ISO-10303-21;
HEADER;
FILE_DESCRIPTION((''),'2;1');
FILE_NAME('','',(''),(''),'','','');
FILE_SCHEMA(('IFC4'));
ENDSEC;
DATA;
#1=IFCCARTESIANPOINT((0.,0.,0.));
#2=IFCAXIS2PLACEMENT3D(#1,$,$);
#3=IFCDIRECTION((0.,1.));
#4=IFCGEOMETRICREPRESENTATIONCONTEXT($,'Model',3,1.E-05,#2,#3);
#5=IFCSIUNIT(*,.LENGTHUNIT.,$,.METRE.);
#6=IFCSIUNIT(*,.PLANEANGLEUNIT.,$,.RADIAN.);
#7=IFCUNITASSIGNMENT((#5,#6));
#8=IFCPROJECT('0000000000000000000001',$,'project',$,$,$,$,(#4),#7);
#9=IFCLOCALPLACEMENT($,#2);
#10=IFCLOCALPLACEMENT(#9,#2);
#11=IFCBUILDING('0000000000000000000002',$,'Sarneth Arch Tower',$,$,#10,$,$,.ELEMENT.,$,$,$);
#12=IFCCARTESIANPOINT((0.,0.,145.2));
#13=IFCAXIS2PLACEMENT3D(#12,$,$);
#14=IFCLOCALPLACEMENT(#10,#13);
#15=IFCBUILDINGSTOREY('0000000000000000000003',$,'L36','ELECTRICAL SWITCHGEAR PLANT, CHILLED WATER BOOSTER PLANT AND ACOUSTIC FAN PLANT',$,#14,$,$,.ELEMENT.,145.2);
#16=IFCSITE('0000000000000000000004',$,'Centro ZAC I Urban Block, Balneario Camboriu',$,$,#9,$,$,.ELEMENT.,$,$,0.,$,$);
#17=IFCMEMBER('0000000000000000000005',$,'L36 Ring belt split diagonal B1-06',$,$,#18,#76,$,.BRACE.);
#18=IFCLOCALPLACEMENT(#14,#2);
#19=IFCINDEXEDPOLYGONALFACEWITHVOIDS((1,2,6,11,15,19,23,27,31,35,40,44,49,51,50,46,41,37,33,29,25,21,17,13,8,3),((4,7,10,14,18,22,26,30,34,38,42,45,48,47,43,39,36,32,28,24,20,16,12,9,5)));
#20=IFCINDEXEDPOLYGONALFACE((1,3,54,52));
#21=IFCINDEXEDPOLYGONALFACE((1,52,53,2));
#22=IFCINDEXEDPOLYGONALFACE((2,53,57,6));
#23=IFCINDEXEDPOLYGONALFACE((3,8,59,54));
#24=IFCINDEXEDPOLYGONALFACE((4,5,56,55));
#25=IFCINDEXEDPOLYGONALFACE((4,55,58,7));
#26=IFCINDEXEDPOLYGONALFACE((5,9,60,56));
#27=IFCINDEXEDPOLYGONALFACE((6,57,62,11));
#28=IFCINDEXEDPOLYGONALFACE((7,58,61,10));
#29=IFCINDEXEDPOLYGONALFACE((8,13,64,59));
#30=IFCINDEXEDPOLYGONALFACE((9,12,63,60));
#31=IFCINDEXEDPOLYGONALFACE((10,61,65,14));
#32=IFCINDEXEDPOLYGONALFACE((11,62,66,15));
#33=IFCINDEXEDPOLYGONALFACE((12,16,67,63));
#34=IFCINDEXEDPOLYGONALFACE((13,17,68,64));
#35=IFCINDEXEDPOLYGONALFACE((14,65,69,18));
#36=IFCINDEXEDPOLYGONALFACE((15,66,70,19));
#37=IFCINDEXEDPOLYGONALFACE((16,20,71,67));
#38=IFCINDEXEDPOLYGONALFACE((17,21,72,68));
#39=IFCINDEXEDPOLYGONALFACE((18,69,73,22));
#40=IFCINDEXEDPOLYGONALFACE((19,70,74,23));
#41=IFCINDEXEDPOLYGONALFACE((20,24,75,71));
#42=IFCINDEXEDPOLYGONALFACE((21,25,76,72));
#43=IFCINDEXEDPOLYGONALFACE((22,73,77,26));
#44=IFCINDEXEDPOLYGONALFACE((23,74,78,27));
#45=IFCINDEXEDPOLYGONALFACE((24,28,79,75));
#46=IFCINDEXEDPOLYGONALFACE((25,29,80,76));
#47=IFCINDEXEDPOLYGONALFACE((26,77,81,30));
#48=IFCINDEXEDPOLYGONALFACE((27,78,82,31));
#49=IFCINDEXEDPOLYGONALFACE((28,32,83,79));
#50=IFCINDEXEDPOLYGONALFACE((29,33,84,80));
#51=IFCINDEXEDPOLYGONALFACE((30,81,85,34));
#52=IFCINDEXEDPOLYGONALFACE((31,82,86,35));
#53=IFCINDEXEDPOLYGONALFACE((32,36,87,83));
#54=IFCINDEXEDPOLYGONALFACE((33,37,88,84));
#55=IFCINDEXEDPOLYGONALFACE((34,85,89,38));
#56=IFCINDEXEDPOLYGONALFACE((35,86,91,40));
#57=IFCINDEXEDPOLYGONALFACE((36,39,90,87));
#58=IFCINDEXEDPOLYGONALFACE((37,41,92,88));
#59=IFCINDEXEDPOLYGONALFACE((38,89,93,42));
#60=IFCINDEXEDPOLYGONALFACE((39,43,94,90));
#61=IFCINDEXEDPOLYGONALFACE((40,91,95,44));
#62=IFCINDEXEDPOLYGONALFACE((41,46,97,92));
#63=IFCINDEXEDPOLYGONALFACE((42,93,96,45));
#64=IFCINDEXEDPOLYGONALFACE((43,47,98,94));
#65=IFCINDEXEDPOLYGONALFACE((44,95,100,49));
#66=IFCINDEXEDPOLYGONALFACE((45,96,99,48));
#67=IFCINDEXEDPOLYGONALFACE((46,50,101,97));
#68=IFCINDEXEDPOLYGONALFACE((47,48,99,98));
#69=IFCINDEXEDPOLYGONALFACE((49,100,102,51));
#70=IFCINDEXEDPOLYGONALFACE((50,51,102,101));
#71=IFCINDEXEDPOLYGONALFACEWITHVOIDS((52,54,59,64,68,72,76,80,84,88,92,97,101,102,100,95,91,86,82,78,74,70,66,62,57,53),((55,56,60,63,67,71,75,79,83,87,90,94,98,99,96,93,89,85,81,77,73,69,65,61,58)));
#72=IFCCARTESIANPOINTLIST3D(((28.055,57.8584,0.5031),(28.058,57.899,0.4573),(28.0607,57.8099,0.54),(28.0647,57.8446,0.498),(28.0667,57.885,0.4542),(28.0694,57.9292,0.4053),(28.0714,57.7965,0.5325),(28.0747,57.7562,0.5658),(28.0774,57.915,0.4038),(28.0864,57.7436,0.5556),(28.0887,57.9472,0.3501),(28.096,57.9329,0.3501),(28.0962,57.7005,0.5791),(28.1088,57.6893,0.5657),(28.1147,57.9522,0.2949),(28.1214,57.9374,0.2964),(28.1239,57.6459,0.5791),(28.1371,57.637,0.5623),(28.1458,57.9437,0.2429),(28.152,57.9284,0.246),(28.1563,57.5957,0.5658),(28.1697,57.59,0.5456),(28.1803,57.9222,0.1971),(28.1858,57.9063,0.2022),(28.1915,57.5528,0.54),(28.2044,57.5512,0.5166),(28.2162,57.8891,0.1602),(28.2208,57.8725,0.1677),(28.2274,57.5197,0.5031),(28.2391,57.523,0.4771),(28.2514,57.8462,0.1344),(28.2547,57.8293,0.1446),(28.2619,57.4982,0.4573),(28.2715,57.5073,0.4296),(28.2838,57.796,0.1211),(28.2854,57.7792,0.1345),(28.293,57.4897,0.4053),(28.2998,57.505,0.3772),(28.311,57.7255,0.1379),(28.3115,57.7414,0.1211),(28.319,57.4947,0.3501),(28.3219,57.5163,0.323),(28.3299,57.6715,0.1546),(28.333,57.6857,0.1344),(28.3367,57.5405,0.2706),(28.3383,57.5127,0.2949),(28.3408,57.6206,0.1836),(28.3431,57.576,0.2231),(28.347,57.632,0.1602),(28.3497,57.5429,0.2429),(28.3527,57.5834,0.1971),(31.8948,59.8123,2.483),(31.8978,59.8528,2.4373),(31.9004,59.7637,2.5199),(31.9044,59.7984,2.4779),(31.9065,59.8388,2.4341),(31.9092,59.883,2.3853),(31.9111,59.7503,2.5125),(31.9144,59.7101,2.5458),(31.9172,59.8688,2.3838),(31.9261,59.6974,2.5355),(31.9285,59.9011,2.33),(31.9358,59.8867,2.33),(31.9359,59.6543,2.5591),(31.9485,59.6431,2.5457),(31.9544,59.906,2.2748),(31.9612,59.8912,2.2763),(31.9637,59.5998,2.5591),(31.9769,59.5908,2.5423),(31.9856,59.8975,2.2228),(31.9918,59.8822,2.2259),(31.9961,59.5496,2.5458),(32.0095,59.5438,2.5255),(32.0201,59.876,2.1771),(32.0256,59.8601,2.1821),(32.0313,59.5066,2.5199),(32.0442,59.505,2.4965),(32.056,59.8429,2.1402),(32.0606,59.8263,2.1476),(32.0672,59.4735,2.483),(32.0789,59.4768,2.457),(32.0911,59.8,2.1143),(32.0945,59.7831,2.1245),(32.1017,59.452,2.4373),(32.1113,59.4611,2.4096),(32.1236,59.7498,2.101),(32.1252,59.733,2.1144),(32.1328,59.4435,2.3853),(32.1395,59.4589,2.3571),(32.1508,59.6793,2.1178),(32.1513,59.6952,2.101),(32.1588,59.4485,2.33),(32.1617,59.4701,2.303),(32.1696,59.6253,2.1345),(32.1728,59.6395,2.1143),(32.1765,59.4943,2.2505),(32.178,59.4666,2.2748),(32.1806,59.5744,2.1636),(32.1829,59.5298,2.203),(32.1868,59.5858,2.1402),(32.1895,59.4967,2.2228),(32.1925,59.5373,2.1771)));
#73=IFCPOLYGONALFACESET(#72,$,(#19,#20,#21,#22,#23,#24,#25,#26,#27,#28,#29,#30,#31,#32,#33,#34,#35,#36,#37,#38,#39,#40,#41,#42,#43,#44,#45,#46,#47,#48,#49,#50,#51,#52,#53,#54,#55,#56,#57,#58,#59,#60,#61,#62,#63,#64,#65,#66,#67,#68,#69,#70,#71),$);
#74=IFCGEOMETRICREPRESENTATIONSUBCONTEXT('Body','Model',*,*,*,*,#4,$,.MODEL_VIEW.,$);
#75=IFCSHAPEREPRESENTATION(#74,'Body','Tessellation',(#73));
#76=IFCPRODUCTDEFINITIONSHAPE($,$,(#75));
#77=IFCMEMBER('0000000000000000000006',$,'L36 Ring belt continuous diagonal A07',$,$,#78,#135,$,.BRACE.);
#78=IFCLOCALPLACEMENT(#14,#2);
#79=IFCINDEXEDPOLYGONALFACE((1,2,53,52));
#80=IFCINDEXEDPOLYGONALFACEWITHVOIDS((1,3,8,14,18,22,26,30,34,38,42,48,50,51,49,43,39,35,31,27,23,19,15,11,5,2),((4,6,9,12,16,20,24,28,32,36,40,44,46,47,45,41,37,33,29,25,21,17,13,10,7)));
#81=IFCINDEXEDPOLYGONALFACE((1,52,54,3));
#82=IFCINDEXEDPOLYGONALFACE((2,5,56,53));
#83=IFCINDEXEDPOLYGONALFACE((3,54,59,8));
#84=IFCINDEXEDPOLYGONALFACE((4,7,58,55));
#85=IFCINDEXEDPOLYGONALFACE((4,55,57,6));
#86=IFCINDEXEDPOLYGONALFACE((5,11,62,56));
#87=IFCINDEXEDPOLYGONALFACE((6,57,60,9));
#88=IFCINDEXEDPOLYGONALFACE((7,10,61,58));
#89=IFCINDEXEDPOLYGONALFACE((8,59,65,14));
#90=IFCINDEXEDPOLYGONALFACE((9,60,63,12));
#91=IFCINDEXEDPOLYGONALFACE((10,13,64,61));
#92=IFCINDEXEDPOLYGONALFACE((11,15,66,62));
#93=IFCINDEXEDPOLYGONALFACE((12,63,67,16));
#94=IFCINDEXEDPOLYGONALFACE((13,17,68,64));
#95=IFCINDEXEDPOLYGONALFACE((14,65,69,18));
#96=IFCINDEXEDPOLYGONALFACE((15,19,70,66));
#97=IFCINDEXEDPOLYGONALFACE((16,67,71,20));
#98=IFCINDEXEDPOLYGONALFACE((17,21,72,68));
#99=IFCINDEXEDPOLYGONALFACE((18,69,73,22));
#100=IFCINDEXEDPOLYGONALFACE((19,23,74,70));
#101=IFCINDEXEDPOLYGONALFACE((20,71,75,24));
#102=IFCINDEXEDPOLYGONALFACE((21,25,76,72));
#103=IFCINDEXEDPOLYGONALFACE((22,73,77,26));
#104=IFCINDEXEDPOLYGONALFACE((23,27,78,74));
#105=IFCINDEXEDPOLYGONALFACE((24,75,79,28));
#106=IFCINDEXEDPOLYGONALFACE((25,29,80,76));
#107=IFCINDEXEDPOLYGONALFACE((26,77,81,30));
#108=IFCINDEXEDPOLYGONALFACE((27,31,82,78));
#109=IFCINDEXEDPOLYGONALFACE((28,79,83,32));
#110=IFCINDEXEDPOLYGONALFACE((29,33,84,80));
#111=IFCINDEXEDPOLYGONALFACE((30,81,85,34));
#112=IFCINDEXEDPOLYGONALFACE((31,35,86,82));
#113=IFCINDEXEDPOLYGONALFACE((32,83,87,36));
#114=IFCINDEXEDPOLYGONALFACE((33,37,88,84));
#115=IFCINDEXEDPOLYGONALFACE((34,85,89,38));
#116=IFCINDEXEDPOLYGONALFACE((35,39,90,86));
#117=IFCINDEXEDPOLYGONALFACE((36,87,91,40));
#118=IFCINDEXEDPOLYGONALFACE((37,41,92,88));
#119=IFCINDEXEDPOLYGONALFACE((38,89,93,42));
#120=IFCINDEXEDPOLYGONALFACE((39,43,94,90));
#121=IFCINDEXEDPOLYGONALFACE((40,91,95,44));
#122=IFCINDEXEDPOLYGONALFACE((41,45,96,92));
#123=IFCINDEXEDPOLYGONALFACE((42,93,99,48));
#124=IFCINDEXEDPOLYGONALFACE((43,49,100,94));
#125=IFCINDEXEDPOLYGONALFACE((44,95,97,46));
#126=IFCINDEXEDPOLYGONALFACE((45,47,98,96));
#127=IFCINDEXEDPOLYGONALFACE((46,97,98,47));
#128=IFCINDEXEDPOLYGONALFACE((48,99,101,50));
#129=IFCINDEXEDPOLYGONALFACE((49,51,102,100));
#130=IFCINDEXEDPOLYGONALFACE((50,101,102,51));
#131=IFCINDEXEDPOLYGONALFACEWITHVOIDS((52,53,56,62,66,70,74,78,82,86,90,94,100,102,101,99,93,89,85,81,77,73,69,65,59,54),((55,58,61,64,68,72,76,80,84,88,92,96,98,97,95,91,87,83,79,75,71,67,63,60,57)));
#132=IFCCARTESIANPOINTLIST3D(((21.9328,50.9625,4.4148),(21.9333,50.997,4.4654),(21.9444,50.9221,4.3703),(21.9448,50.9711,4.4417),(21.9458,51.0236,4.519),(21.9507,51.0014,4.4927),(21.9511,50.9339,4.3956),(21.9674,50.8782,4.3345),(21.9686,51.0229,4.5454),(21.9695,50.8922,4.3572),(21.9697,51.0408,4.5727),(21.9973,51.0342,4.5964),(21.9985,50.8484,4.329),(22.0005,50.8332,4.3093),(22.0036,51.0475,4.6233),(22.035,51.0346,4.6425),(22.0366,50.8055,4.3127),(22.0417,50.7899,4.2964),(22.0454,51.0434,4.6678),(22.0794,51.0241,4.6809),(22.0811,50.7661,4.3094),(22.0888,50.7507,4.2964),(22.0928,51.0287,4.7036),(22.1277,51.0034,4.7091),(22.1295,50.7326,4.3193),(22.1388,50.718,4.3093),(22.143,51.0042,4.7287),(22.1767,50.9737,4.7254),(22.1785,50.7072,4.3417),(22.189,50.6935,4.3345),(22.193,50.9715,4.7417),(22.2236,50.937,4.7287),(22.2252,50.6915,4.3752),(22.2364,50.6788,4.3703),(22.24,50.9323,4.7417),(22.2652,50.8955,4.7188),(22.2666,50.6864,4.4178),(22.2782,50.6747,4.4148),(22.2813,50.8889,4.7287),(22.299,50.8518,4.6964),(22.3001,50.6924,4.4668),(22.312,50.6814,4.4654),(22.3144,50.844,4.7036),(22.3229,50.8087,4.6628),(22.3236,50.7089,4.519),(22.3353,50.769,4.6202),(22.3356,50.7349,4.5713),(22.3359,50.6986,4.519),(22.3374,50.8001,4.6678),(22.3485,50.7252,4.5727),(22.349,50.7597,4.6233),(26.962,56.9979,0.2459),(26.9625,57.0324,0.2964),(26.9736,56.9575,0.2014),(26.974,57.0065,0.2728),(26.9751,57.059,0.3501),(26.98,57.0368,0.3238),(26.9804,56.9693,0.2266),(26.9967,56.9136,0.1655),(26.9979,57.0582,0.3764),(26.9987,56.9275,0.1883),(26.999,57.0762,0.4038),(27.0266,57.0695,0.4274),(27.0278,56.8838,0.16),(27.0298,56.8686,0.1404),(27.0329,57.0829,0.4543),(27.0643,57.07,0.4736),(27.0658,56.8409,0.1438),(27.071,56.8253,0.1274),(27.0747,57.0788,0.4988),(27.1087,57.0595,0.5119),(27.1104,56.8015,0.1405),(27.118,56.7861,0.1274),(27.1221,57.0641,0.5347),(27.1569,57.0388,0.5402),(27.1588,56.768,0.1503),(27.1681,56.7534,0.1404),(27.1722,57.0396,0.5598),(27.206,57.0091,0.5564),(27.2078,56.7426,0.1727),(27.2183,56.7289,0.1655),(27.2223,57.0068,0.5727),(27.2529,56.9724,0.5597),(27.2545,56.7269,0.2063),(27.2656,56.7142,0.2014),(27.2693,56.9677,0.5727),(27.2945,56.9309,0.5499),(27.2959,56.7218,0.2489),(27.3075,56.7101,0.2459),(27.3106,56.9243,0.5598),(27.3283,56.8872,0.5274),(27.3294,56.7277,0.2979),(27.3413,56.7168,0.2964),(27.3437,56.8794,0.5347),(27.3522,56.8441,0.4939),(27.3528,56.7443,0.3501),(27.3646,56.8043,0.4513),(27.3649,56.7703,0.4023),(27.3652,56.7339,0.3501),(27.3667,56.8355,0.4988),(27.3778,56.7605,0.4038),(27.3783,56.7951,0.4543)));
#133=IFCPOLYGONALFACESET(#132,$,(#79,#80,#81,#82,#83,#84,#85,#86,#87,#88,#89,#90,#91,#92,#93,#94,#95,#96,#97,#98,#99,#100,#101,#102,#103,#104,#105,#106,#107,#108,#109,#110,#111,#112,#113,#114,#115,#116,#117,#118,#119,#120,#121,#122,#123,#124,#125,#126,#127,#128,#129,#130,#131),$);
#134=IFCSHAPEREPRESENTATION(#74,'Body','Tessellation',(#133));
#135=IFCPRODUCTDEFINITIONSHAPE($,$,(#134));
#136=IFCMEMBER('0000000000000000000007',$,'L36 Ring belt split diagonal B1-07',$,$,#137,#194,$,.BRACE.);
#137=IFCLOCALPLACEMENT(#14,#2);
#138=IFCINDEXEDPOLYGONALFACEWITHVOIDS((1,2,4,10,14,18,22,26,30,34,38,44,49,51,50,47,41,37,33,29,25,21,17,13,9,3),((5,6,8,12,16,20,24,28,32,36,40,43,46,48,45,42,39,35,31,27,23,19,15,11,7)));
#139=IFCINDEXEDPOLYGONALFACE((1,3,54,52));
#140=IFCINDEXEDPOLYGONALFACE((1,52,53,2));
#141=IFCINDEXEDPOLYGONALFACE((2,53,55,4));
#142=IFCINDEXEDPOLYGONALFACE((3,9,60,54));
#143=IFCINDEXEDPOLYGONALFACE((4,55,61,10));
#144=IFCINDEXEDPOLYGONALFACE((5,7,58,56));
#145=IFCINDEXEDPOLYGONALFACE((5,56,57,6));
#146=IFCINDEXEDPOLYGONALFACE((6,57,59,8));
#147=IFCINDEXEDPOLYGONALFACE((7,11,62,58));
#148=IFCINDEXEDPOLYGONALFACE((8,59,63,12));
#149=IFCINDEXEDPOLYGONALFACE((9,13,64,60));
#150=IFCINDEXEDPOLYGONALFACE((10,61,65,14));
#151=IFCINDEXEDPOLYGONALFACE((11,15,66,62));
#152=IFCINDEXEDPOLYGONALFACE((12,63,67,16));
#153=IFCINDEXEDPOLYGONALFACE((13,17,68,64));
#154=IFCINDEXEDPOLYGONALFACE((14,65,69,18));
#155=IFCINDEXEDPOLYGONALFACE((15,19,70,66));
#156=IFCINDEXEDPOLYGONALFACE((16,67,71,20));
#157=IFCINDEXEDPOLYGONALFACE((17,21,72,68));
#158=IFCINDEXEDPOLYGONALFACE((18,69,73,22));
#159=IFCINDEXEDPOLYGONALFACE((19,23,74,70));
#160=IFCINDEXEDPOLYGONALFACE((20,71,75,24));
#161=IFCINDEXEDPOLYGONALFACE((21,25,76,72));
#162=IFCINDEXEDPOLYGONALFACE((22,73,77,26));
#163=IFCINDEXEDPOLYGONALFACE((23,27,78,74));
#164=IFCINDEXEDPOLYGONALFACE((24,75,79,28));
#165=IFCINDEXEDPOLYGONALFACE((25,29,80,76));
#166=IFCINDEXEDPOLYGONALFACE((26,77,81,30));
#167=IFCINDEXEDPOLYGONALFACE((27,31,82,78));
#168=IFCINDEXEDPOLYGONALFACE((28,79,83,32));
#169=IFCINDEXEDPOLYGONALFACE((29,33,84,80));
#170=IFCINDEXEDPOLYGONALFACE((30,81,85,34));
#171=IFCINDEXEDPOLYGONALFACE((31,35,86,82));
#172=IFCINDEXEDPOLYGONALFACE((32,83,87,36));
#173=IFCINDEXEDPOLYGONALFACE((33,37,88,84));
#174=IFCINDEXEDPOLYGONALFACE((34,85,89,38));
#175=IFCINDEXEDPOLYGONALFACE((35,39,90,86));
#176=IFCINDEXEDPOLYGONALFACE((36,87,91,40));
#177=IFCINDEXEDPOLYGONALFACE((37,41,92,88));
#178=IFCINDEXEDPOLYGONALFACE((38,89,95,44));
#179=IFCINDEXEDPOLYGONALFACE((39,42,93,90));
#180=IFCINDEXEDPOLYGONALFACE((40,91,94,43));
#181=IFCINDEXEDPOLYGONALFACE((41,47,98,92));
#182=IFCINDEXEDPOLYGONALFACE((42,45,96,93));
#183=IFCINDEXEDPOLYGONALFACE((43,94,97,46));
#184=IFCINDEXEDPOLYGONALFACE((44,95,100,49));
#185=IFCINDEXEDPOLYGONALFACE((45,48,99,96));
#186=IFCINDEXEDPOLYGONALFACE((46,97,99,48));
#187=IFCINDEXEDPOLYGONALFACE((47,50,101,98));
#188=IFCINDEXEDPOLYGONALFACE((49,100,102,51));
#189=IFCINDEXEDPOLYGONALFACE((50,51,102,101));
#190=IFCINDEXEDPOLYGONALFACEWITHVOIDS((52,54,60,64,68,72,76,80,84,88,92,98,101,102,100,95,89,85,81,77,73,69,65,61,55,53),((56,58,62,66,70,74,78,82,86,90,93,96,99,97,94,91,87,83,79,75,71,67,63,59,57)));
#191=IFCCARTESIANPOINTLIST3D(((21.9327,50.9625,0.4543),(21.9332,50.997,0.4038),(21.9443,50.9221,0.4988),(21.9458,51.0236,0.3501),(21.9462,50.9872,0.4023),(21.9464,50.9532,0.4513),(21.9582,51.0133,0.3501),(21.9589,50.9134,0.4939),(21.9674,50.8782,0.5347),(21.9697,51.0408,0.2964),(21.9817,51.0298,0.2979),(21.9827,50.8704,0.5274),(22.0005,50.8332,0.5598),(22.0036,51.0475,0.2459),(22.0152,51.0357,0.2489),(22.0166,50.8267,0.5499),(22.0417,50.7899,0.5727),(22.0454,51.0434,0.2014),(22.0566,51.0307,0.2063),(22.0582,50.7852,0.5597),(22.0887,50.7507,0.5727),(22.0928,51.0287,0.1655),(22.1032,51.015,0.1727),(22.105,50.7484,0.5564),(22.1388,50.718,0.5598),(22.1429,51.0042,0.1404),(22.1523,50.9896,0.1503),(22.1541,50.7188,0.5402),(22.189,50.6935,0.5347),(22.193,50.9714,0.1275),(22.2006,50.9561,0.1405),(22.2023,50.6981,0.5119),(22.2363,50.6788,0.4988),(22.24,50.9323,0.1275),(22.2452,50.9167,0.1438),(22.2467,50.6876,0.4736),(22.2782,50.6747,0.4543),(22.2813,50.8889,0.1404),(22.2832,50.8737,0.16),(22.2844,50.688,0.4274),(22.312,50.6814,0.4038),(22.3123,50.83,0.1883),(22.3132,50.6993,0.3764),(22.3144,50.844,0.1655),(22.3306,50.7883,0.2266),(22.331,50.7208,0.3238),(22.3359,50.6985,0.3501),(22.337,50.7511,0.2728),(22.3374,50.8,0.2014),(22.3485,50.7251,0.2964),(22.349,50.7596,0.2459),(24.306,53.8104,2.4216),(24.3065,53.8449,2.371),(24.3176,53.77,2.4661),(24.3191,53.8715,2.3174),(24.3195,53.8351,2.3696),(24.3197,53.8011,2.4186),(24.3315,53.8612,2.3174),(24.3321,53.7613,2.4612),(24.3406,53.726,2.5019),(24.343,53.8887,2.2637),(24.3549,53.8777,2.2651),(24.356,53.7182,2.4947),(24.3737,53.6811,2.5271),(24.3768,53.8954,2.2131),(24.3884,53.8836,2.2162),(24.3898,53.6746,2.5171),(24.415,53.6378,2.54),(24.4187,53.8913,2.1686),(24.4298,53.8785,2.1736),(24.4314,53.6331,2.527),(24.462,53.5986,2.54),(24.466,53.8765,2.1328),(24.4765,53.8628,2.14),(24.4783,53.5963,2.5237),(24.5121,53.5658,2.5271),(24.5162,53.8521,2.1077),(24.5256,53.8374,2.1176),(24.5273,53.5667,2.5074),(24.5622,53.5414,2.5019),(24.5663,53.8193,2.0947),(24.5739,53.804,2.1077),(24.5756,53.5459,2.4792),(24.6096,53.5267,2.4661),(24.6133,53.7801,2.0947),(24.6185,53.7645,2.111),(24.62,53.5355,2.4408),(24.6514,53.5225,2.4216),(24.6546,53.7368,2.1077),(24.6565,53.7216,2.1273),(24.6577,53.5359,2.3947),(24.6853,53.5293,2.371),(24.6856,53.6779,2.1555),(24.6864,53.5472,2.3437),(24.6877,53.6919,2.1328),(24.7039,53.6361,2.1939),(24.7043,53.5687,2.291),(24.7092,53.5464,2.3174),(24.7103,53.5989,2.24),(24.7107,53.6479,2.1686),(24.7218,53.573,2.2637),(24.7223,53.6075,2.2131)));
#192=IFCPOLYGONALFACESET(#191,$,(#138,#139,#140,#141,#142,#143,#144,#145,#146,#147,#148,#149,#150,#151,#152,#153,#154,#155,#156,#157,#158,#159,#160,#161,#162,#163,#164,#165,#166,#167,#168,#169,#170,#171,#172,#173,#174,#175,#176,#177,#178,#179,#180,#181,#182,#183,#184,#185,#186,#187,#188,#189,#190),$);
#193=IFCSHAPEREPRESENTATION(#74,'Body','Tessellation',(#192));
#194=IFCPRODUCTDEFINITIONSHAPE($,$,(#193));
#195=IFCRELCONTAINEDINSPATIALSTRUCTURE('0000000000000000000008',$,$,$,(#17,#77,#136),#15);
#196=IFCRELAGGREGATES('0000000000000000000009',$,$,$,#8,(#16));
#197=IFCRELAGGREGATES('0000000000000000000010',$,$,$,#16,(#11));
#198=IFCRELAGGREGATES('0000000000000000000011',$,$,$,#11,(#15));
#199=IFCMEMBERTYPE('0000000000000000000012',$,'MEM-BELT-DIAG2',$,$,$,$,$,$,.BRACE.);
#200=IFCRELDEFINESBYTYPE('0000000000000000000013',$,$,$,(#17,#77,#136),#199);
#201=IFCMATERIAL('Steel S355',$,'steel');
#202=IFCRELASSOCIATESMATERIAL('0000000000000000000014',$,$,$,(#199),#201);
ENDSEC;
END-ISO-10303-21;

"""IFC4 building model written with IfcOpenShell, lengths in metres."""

from ifc_helpers import new_model, si_unit, direction, frame, origin, origin_2d, place, context, subcontext, project, spatial, hollow_circle, extrude, material, material_profile, profile_set, type_object, element, save


model = new_model("IFC4")

# Units and contexts
model_context = context("Model", 3, precision=1e-05, world=origin(), true_north=direction((0.0, 1.0)))
body_context = subcontext(model_context, "Body", "Model", "MODEL_VIEW")
ifc_project = project(units=[si_unit("LENGTHUNIT", "METRE"), si_unit("PLANEANGLEUNIT", "RADIAN")], contexts=[model_context])

# Site, building, storey
site_placement = place(None, origin())
site = spatial("IfcSite", under=ifc_project, at=site_placement, Name="Centro ZAC I Urban Block, Balneario Camboriu", CompositionType="ELEMENT", RefElevation=0.0)
building_placement = place(site_placement, origin())
building = spatial("IfcBuilding", under=site, at=building_placement, Name="Sarneth Arch Tower", CompositionType="ELEMENT")
storey_placement = place(building_placement, frame((0.0, 0.0, 145.2)))
storey = spatial("IfcBuildingStorey", under=building, at=storey_placement, Name="L36", Description="ELECTRICAL SWITCHGEAR PLANT, CHILLED WATER BOOSTER PLANT AND ACOUSTIC FAN PLANT", CompositionType="ELEMENT", Elevation=145.2)

# Members
ifc_material_1 = material(Name="Steel S355", Category="steel")
ifc_material_profile_1 = material_profile(ifc_material_1, hollow_circle(Radius=0.2539, WallThickness=0.0161, at=origin_2d()), Name="CHS508x16")
ifc_profile_set_1 = profile_set([ifc_material_profile_1], Name="Steel S355")
member_type_1 = type_object("IfcMemberType", Name="MEM-BELT-DIAG2", PredefinedType="BRACE", material=ifc_profile_set_1)
member_1_placement = place(storey_placement, frame((28.2039, 57.7209, 0.3501), z_axis=(0.809829, 0.412072, 0.417581), x_axis=(-0.453504, 0.891254, 0.0)))
element("IfcMember", 1, at=member_1_placement, inside=storey, type_object=member_type_1, Name="L36 Ring belt split diagonal B1-06", PredefinedType="BRACE", context=body_context, shape_type="SweptSolid", body=[
    extrude(hollow_circle(Radius=0.2539, WallThickness=0.0161, at=origin_2d()), origin(), (0.0, 0.0, 1.0), 4.7415),
])
member_2_placement = place(storey_placement, frame((27.1702, 56.8965, 0.3501), z_axis=(-0.565482, -0.678606, 0.468746), x_axis=(0.768234, -0.640169, 0.0)))
element("IfcMember", 2, at=member_2_placement, inside=storey, type_object=member_type_1, Name="L36 Ring belt continuous diagonal A07", PredefinedType="BRACE", context=body_context, shape_type="SweptSolid", body=[
    extrude(hollow_circle(Radius=0.2539, WallThickness=0.0161, at=origin_2d()), origin(), (0.0, 0.0, 1.0), 8.8938),
])
member_3_placement = place(storey_placement, frame((22.1409, 50.8611, 0.3501), z_axis=(0.565498, 0.678586, 0.468757), x_axis=(-0.768216, 0.640191, 0.0)))
element("IfcMember", 3, at=member_3_placement, inside=storey, type_object=member_type_1, Name="L36 Ring belt split diagonal B1-07", PredefinedType="BRACE", context=body_context, shape_type="SweptSolid", body=[
    extrude(hollow_circle(Radius=0.2539, WallThickness=0.0161, at=origin_2d()), origin(), (0.0, 0.0, 1.0), 4.1968),
])

save(model, "model.ifc")
